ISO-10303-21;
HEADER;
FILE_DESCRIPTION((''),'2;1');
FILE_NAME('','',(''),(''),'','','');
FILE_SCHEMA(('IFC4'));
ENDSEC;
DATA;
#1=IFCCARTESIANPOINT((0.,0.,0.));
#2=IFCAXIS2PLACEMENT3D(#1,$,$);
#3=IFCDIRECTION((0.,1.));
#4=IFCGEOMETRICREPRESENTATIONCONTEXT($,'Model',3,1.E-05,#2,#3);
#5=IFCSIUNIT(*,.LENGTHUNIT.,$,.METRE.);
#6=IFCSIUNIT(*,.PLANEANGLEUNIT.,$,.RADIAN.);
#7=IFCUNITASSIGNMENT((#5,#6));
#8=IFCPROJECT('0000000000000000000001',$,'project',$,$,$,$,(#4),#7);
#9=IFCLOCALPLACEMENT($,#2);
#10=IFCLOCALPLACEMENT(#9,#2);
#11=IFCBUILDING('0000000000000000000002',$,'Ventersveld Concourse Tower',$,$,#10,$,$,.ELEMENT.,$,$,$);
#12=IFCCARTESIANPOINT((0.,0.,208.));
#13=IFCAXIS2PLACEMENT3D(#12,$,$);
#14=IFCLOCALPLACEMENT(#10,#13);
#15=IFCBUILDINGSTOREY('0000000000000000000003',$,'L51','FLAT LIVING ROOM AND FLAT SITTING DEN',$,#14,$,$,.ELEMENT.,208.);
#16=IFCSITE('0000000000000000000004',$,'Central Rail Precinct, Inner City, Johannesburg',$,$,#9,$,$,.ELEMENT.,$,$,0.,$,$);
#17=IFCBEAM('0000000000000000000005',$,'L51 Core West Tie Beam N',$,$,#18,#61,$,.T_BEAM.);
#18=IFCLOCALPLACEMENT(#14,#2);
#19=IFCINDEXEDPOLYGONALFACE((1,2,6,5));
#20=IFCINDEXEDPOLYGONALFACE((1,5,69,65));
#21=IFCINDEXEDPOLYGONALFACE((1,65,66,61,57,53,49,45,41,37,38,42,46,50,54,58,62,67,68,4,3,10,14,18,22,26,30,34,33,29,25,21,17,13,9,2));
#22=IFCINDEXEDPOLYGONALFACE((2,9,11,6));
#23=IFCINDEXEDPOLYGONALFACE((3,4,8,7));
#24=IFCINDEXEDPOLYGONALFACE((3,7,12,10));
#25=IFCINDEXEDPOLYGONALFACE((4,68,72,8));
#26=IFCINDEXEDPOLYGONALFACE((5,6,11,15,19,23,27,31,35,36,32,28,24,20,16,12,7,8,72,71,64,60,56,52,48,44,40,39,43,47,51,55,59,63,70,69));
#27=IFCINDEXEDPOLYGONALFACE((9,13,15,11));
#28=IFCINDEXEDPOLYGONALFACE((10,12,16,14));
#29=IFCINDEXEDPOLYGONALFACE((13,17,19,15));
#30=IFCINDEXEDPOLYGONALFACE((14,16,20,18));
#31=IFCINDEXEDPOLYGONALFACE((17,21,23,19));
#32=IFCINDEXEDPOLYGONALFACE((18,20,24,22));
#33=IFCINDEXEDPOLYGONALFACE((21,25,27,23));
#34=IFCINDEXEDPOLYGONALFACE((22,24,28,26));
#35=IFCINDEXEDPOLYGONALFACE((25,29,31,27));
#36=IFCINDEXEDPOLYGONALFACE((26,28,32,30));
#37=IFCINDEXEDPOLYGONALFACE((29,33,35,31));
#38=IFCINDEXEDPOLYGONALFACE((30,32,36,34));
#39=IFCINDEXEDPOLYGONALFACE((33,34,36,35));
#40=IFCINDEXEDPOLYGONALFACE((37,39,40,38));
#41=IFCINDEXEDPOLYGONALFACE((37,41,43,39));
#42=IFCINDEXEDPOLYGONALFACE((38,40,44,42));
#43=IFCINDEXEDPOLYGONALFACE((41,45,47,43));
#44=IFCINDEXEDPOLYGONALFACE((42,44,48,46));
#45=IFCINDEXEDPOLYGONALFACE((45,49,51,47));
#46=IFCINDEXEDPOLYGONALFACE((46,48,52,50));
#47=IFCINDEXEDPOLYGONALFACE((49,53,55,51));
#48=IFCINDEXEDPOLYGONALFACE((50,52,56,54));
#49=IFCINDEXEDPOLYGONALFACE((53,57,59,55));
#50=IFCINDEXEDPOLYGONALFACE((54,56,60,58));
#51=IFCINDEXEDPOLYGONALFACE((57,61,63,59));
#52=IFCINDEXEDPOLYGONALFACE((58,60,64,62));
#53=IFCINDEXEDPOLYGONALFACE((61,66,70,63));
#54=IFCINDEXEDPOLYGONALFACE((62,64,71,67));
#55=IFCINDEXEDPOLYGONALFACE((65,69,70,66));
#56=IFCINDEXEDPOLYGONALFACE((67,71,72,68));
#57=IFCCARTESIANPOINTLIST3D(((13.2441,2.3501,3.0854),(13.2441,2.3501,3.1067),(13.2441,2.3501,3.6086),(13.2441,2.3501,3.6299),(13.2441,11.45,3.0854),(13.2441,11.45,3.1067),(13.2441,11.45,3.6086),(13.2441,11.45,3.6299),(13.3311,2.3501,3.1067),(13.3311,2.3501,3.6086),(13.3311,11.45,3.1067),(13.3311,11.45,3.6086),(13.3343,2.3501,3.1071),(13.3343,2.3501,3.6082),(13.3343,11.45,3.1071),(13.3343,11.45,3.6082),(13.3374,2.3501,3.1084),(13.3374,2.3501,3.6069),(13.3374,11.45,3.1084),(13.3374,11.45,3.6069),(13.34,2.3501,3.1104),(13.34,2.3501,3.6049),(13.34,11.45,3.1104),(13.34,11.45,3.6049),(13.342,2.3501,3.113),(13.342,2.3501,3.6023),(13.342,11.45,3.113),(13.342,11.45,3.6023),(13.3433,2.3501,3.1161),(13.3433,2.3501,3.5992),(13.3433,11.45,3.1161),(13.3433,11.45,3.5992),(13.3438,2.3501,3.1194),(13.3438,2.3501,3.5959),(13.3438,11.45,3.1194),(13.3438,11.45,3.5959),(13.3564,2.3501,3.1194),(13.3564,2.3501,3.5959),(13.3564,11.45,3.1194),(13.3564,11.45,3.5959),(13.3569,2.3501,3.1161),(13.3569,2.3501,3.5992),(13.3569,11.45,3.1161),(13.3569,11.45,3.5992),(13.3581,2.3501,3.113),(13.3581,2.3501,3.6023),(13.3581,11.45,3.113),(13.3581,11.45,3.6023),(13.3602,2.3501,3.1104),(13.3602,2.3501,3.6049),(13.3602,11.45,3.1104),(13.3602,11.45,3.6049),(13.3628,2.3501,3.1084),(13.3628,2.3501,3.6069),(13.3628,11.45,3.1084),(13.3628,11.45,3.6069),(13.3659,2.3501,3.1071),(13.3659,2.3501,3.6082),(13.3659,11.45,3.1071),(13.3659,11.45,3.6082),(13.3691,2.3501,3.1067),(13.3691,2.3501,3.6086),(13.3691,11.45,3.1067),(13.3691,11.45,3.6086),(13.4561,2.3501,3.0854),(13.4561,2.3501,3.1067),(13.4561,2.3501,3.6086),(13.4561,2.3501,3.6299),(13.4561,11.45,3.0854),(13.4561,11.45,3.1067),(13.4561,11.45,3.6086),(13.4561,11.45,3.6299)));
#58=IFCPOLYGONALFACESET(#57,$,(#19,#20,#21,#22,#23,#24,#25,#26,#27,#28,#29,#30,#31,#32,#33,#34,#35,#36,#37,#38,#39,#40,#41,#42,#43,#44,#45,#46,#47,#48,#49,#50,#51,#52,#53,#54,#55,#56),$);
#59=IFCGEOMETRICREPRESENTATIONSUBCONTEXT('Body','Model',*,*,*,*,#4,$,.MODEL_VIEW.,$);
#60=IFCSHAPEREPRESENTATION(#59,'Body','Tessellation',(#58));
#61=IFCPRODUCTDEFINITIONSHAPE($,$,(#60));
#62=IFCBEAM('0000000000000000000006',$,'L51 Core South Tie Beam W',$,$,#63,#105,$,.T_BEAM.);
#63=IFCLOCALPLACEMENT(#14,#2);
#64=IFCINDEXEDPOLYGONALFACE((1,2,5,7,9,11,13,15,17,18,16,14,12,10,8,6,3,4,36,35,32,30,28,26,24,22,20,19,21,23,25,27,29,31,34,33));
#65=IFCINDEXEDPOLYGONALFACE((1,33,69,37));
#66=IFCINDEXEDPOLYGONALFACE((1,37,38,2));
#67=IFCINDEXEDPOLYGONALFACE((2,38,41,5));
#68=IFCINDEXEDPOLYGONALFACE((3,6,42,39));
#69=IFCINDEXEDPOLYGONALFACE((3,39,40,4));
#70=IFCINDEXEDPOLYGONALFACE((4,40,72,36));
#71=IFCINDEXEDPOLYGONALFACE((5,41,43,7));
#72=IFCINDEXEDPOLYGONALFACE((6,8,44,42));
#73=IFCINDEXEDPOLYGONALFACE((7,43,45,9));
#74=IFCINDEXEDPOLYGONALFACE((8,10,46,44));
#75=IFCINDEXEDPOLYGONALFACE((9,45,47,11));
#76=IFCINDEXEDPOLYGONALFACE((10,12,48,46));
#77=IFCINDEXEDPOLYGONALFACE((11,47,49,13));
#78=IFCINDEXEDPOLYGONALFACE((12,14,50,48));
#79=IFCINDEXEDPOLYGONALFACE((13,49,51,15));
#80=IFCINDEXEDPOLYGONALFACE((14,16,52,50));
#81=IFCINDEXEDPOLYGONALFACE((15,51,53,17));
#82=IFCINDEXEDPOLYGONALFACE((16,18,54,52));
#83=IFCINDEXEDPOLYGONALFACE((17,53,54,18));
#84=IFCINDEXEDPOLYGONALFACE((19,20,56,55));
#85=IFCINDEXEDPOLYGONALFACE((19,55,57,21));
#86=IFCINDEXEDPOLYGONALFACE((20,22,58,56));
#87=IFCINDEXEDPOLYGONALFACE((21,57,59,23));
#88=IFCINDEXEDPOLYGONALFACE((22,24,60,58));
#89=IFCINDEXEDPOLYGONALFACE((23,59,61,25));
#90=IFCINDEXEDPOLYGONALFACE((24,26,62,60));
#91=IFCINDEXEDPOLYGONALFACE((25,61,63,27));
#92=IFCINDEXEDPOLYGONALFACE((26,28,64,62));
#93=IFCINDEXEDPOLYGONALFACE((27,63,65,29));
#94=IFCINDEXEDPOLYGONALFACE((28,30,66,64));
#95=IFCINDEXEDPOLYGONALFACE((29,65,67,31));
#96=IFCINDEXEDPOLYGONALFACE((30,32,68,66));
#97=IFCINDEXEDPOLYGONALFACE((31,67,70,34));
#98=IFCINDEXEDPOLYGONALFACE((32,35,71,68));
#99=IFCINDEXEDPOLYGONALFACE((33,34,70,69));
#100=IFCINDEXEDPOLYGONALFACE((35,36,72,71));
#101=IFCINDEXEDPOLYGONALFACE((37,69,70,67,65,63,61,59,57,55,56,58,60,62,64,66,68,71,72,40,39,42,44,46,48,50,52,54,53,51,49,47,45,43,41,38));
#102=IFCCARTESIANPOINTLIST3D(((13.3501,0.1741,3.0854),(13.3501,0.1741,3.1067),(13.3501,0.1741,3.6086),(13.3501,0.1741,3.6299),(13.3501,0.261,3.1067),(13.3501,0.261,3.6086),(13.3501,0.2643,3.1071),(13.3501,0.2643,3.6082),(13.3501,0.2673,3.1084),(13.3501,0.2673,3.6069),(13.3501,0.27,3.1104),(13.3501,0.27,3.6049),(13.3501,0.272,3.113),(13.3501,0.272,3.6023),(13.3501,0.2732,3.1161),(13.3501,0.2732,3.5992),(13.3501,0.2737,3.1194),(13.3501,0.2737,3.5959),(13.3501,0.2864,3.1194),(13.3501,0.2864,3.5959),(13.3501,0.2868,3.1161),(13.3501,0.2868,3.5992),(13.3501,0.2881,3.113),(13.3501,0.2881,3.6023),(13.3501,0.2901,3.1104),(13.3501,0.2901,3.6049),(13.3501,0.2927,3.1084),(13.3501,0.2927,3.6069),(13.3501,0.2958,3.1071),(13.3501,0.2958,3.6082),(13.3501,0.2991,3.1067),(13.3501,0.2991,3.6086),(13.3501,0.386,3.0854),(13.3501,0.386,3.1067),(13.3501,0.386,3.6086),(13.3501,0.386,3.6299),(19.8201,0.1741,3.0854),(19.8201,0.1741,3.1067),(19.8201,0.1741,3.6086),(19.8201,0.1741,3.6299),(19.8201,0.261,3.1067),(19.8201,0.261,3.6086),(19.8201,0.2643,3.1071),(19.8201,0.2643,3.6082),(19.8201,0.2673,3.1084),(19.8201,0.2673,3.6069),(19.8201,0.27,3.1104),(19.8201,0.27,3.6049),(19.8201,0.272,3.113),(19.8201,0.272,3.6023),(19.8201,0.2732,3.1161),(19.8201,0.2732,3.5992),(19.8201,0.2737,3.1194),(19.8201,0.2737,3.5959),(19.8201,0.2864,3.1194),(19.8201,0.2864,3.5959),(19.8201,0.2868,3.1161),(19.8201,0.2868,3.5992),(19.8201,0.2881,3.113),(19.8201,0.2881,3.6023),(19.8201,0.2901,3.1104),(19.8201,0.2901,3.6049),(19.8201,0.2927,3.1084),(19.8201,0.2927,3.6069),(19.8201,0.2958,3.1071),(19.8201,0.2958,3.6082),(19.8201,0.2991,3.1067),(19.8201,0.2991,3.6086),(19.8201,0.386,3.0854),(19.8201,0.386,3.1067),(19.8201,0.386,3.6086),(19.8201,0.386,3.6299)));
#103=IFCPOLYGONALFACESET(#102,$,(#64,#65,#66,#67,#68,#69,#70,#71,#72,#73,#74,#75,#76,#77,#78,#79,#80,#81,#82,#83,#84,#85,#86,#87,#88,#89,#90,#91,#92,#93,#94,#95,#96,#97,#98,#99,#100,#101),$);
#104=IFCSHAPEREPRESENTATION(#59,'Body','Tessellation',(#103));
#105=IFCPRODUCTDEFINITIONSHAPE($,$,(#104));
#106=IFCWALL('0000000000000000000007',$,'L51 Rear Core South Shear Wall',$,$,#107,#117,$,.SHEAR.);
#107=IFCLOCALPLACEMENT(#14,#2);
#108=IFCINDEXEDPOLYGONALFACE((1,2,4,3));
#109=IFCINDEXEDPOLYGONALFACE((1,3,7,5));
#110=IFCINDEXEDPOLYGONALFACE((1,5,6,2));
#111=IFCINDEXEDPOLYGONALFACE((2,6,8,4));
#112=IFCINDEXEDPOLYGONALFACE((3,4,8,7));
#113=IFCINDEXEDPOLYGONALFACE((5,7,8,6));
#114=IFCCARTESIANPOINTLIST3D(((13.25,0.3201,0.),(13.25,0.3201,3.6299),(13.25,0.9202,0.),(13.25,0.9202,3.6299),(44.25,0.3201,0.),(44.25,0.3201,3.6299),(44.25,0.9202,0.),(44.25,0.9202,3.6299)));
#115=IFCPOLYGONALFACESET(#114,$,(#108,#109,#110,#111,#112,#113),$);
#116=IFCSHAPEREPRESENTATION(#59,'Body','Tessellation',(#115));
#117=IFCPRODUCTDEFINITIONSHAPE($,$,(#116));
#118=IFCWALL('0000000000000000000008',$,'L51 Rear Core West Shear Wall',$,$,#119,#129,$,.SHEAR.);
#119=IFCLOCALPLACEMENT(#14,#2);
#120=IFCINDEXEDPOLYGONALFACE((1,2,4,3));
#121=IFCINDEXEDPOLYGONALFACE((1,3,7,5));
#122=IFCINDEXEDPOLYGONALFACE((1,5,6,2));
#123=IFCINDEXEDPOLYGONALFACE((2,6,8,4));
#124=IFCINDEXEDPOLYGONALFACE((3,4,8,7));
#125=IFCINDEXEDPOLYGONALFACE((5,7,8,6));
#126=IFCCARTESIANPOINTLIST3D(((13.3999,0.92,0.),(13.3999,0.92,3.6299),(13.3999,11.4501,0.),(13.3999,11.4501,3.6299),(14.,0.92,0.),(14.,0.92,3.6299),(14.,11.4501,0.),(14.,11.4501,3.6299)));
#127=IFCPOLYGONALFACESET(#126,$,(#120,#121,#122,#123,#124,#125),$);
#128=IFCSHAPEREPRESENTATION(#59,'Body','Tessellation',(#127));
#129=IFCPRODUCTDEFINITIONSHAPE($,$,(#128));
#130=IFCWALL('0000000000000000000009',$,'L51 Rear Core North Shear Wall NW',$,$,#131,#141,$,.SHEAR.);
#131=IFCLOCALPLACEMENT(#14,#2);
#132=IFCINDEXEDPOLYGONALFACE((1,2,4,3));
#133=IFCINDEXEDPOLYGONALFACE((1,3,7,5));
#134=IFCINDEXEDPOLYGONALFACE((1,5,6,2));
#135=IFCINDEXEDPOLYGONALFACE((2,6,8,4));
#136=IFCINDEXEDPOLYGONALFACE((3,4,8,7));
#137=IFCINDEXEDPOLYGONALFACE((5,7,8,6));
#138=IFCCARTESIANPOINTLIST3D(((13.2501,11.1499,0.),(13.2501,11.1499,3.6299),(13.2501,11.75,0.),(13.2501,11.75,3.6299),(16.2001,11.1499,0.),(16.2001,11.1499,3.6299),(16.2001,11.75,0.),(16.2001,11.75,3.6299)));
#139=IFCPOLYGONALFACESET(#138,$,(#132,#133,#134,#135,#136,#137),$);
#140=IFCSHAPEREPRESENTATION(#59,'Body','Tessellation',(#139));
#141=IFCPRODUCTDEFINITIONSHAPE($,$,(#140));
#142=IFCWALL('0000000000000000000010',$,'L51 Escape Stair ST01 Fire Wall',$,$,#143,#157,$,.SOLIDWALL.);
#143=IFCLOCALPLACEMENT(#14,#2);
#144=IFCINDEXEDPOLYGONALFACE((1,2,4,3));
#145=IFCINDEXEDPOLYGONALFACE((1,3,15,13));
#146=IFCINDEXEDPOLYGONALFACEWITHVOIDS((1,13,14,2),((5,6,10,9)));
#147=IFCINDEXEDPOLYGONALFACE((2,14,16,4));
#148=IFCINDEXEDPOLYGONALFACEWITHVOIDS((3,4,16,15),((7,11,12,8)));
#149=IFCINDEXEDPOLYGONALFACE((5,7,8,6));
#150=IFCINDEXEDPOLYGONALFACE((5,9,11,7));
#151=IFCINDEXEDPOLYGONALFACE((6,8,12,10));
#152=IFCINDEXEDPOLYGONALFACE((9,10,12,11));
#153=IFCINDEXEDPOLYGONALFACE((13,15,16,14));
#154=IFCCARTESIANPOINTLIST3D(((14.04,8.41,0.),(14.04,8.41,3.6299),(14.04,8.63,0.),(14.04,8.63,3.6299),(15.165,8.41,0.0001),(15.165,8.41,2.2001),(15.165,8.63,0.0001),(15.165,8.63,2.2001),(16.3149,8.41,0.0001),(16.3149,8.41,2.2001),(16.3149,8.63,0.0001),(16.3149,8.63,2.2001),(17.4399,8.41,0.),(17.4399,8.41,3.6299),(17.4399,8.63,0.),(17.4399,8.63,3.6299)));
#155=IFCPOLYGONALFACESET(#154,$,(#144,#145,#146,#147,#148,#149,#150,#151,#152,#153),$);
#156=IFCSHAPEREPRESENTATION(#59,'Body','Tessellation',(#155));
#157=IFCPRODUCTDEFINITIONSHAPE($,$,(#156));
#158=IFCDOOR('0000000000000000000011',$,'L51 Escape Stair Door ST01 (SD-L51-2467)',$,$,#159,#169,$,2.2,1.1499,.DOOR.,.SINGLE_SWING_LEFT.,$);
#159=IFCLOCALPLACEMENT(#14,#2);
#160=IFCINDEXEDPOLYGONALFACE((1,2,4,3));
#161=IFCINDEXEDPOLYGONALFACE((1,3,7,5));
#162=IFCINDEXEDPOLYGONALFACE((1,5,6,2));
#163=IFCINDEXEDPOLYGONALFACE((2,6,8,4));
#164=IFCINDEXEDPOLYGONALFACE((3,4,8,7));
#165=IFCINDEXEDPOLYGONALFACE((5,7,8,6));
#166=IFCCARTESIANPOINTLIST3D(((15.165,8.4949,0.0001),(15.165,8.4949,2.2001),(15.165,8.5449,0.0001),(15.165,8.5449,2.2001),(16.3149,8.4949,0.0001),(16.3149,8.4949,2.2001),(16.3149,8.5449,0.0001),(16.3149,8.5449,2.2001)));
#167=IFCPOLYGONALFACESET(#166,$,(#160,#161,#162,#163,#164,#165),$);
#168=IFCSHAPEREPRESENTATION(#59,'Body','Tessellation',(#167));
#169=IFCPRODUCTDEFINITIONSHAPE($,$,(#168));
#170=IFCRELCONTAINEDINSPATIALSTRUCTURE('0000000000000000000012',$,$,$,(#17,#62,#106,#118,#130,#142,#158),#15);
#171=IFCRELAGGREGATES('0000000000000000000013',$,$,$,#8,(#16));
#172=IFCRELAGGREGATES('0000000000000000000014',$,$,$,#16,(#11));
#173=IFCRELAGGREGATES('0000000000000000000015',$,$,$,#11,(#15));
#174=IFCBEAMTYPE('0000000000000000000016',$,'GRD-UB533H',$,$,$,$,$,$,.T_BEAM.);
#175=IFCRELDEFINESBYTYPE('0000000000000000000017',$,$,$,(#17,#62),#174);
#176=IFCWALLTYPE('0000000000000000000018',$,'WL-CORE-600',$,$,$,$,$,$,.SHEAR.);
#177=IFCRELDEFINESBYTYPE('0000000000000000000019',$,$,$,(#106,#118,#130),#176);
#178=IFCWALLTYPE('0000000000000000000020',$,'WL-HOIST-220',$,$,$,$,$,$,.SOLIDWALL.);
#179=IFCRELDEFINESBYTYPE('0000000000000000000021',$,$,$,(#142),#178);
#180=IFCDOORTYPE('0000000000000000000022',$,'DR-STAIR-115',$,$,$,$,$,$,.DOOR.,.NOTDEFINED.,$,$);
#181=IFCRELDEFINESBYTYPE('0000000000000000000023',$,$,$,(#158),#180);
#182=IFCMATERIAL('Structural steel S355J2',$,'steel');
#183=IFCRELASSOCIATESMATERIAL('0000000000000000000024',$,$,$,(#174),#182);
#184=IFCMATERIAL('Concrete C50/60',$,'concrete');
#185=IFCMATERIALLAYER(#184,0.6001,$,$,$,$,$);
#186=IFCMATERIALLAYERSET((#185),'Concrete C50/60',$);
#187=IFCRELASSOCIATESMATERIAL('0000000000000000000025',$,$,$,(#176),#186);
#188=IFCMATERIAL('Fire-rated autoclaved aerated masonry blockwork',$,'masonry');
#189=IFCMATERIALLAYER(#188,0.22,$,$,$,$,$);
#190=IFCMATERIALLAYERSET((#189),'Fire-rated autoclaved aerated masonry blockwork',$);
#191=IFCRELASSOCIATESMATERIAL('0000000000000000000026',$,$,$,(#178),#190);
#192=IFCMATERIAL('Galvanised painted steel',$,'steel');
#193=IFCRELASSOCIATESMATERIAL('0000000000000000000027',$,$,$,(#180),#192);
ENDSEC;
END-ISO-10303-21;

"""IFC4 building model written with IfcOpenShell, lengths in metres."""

from ifc_helpers import new_model, si_unit, direction, frame, frame_2d, origin, origin_2d, place, context, subcontext, project, spatial, rectangle, i_section, extrude, material, layer, layer_set, material_profile, profile_set, type_object, element, fill, save


model = new_model("IFC4")

# Units and contexts
model_context = context("Model", 3, precision=1e-05, world=origin(), true_north=direction((0.0, 1.0)))
body_context = subcontext(model_context, "Body", "Model", "MODEL_VIEW")
ifc_project = project(units=[si_unit("LENGTHUNIT", "METRE"), si_unit("PLANEANGLEUNIT", "RADIAN")], contexts=[model_context])

# Site, building, storey
site_placement = place(None, origin())
site = spatial("IfcSite", under=ifc_project, at=site_placement, Name="Central Rail Precinct, Inner City, Johannesburg", CompositionType="ELEMENT", RefElevation=0.0)
building_placement = place(site_placement, origin())
building = spatial("IfcBuilding", under=site, at=building_placement, Name="Ventersveld Concourse Tower", CompositionType="ELEMENT")
storey_placement = place(building_placement, frame((0.0, 0.0, 208.0)))
storey = spatial("IfcBuildingStorey", under=building, at=storey_placement, Name="L51", Description="FLAT LIVING ROOM AND FLAT SITTING DEN", CompositionType="ELEMENT", Elevation=208.0)

# Shared definitions
ifc_material_1 = material(Name="Concrete C50/60", Category="concrete")

# Beams
ifc_material_2 = material(Name="Structural steel S355J2", Category="steel")
ifc_material_profile_1 = material_profile(ifc_material_2, i_section(OverallWidth=0.2119, OverallDepth=0.5444, WebThickness=0.0127, FlangeThickness=0.0212, FilletRadius=0.0127, at=origin_2d()), Name="UB 533x210x122")
ifc_profile_set_1 = profile_set([ifc_material_profile_1], Name="Structural steel S355J2")
beam_type_1 = type_object("IfcBeamType", Name="GRD-UB533H", PredefinedType="T_BEAM", material=ifc_profile_set_1)
beam_1_placement = place(storey_placement, frame((13.3501, 2.3501, 3.3577), z_axis=(0.0, 1.0, 0.0), x_axis=(-1.0, 0.0, 0.0)))
element("IfcBeam", 1, at=beam_1_placement, inside=storey, type_object=beam_type_1, Name="L51 Core West Tie Beam N", PredefinedType="T_BEAM", context=body_context, shape_type="SweptSolid", body=[
    extrude(i_section(OverallWidth=0.2119, OverallDepth=0.5444, WebThickness=0.0127, FlangeThickness=0.0212, FilletRadius=0.0127, at=origin_2d()), origin(), (0.0, 0.0, 1.0), 9.0999),
])
beam_2_placement = place(storey_placement, frame((13.3501, 0.28, 3.3577), z_axis=(1.0, 0.0, 0.0), x_axis=(0.0, 1.0, 0.0)))
element("IfcBeam", 2, at=beam_2_placement, inside=storey, type_object=beam_type_1, Name="L51 Core South Tie Beam W", PredefinedType="T_BEAM", context=body_context, shape_type="SweptSolid", body=[
    extrude(i_section(OverallWidth=0.2119, OverallDepth=0.5444, WebThickness=0.0127, FlangeThickness=0.0212, FilletRadius=0.0127, at=origin_2d()), origin(), (0.0, 0.0, 1.0), 6.47),
])

# Walls
ifc_layer_1 = layer(ifc_material_1, 0.6001)
ifc_layer_set_1 = layer_set([ifc_layer_1], Name="Concrete C50/60")
wall_type_1 = type_object("IfcWallType", Name="WL-CORE-600", PredefinedType="SHEAR", material=ifc_layer_set_1)
wall_1_placement = place(storey_placement, frame((13.25, 0.6201, 0.0), z_axis=(0.0, 0.0, 1.0), x_axis=(1.0, 0.0, 0.0)))
element("IfcWall", 3, at=wall_1_placement, inside=storey, type_object=wall_type_1, Name="L51 Rear Core South Shear Wall", PredefinedType="SHEAR", context=body_context, shape_type="SweptSolid", body=[
    extrude(rectangle(XDim=31.0, YDim=0.6001, at=frame_2d((15.5, 0.0))), origin(), (0.0, 0.0, 1.0), 3.6299),
])
wall_2_placement = place(storey_placement, frame((13.7, 0.9199, 0.0), z_axis=(0.0, 0.0, 1.0), x_axis=(0.0, 1.0, 0.0)))
element("IfcWall", 4, at=wall_2_placement, inside=storey, type_object=wall_type_1, Name="L51 Rear Core West Shear Wall", PredefinedType="SHEAR", context=body_context, shape_type="SweptSolid", body=[
    extrude(rectangle(XDim=10.53, YDim=0.6001, at=frame_2d((5.2651, 0.0))), origin(), (0.0, 0.0, 1.0), 3.6299),
])
wall_3_placement = place(storey_placement, frame((13.25, 11.45, 0.0), z_axis=(0.0, 0.0, 1.0), x_axis=(1.0, 0.0, 0.0)))
element("IfcWall", 5, at=wall_3_placement, inside=storey, type_object=wall_type_1, Name="L51 Rear Core North Shear Wall NW", PredefinedType="SHEAR", context=body_context, shape_type="SweptSolid", body=[
    extrude(rectangle(XDim=2.95, YDim=0.6001, at=frame_2d((1.4751, 0.0))), origin(), (0.0, 0.0, 1.0), 3.6299),
])

# Wall, opening, door
ifc_material_3 = material(Name="Fire-rated autoclaved aerated masonry blockwork", Category="masonry")
ifc_layer_2 = layer(ifc_material_3, 0.22)
ifc_layer_set_2 = layer_set([ifc_layer_2], Name="Fire-rated autoclaved aerated masonry blockwork")
wall_type_2 = type_object("IfcWallType", Name="WL-HOIST-220", PredefinedType="SOLIDWALL", material=ifc_layer_set_2)
wall_4_placement = place(storey_placement, frame((14.04, 8.52, 0.0), z_axis=(0.0, 0.0, 1.0), x_axis=(1.0, 0.0, 0.0)))
wall_4 = element("IfcWall", 6, at=wall_4_placement, inside=storey, type_object=wall_type_2, Name="L51 Escape Stair ST01 Fire Wall", PredefinedType="SOLIDWALL", context=body_context, shape_type="SweptSolid", body=[
    extrude(rectangle(XDim=3.3999, YDim=0.22, at=frame_2d((1.7, 0.0))), origin(), (0.0, 0.0, 1.0), 3.6299),
])
opening_1_placement = place(wall_4_placement, frame((1.125, 0.0, 0.0)))
opening_1 = element("IfcOpeningElement", 7, at=opening_1_placement, cuts=wall_4, PredefinedType="OPENING", context=body_context, shape_type="SweptSolid", body=[
    extrude(rectangle(XDim=1.1499, YDim=2.2, at=frame_2d((0.575, 1.1001))), frame((0.0, 0.1201, 0.0), z_axis=(0.0, -1.0, 0.0), x_axis=(1.0, 0.0, 0.0)), (0.0, 0.0, 1.0), 0.24),
])
ifc_material_4 = material(Name="Galvanised painted steel", Category="steel")
door_type_1 = type_object("IfcDoorType", Name="DR-STAIR-115", OperationType="NOTDEFINED", PredefinedType="DOOR", material=ifc_material_4)
door_1_placement = place(opening_1_placement, origin())
door_1 = element("IfcDoor", 8, at=door_1_placement, inside=storey, type_object=door_type_1, Name="L51 Escape Stair Door ST01 (SD-L51-2467)", OperationType="SINGLE_SWING_LEFT", OverallHeight=2.2, OverallWidth=1.1499, PredefinedType="DOOR", context=body_context, shape_type="SweptSolid", body=[
    extrude(rectangle(XDim=1.1499, YDim=2.2, at=frame_2d((0.575, 1.1001))), frame((0.0, 0.0249, 0.0), z_axis=(0.0, -1.0, 0.0), x_axis=(1.0, 0.0, 0.0)), (0.0, 0.0, 1.0), 0.05),
])
fill(opening_1, door_1)

save(model, "model.ifc")
